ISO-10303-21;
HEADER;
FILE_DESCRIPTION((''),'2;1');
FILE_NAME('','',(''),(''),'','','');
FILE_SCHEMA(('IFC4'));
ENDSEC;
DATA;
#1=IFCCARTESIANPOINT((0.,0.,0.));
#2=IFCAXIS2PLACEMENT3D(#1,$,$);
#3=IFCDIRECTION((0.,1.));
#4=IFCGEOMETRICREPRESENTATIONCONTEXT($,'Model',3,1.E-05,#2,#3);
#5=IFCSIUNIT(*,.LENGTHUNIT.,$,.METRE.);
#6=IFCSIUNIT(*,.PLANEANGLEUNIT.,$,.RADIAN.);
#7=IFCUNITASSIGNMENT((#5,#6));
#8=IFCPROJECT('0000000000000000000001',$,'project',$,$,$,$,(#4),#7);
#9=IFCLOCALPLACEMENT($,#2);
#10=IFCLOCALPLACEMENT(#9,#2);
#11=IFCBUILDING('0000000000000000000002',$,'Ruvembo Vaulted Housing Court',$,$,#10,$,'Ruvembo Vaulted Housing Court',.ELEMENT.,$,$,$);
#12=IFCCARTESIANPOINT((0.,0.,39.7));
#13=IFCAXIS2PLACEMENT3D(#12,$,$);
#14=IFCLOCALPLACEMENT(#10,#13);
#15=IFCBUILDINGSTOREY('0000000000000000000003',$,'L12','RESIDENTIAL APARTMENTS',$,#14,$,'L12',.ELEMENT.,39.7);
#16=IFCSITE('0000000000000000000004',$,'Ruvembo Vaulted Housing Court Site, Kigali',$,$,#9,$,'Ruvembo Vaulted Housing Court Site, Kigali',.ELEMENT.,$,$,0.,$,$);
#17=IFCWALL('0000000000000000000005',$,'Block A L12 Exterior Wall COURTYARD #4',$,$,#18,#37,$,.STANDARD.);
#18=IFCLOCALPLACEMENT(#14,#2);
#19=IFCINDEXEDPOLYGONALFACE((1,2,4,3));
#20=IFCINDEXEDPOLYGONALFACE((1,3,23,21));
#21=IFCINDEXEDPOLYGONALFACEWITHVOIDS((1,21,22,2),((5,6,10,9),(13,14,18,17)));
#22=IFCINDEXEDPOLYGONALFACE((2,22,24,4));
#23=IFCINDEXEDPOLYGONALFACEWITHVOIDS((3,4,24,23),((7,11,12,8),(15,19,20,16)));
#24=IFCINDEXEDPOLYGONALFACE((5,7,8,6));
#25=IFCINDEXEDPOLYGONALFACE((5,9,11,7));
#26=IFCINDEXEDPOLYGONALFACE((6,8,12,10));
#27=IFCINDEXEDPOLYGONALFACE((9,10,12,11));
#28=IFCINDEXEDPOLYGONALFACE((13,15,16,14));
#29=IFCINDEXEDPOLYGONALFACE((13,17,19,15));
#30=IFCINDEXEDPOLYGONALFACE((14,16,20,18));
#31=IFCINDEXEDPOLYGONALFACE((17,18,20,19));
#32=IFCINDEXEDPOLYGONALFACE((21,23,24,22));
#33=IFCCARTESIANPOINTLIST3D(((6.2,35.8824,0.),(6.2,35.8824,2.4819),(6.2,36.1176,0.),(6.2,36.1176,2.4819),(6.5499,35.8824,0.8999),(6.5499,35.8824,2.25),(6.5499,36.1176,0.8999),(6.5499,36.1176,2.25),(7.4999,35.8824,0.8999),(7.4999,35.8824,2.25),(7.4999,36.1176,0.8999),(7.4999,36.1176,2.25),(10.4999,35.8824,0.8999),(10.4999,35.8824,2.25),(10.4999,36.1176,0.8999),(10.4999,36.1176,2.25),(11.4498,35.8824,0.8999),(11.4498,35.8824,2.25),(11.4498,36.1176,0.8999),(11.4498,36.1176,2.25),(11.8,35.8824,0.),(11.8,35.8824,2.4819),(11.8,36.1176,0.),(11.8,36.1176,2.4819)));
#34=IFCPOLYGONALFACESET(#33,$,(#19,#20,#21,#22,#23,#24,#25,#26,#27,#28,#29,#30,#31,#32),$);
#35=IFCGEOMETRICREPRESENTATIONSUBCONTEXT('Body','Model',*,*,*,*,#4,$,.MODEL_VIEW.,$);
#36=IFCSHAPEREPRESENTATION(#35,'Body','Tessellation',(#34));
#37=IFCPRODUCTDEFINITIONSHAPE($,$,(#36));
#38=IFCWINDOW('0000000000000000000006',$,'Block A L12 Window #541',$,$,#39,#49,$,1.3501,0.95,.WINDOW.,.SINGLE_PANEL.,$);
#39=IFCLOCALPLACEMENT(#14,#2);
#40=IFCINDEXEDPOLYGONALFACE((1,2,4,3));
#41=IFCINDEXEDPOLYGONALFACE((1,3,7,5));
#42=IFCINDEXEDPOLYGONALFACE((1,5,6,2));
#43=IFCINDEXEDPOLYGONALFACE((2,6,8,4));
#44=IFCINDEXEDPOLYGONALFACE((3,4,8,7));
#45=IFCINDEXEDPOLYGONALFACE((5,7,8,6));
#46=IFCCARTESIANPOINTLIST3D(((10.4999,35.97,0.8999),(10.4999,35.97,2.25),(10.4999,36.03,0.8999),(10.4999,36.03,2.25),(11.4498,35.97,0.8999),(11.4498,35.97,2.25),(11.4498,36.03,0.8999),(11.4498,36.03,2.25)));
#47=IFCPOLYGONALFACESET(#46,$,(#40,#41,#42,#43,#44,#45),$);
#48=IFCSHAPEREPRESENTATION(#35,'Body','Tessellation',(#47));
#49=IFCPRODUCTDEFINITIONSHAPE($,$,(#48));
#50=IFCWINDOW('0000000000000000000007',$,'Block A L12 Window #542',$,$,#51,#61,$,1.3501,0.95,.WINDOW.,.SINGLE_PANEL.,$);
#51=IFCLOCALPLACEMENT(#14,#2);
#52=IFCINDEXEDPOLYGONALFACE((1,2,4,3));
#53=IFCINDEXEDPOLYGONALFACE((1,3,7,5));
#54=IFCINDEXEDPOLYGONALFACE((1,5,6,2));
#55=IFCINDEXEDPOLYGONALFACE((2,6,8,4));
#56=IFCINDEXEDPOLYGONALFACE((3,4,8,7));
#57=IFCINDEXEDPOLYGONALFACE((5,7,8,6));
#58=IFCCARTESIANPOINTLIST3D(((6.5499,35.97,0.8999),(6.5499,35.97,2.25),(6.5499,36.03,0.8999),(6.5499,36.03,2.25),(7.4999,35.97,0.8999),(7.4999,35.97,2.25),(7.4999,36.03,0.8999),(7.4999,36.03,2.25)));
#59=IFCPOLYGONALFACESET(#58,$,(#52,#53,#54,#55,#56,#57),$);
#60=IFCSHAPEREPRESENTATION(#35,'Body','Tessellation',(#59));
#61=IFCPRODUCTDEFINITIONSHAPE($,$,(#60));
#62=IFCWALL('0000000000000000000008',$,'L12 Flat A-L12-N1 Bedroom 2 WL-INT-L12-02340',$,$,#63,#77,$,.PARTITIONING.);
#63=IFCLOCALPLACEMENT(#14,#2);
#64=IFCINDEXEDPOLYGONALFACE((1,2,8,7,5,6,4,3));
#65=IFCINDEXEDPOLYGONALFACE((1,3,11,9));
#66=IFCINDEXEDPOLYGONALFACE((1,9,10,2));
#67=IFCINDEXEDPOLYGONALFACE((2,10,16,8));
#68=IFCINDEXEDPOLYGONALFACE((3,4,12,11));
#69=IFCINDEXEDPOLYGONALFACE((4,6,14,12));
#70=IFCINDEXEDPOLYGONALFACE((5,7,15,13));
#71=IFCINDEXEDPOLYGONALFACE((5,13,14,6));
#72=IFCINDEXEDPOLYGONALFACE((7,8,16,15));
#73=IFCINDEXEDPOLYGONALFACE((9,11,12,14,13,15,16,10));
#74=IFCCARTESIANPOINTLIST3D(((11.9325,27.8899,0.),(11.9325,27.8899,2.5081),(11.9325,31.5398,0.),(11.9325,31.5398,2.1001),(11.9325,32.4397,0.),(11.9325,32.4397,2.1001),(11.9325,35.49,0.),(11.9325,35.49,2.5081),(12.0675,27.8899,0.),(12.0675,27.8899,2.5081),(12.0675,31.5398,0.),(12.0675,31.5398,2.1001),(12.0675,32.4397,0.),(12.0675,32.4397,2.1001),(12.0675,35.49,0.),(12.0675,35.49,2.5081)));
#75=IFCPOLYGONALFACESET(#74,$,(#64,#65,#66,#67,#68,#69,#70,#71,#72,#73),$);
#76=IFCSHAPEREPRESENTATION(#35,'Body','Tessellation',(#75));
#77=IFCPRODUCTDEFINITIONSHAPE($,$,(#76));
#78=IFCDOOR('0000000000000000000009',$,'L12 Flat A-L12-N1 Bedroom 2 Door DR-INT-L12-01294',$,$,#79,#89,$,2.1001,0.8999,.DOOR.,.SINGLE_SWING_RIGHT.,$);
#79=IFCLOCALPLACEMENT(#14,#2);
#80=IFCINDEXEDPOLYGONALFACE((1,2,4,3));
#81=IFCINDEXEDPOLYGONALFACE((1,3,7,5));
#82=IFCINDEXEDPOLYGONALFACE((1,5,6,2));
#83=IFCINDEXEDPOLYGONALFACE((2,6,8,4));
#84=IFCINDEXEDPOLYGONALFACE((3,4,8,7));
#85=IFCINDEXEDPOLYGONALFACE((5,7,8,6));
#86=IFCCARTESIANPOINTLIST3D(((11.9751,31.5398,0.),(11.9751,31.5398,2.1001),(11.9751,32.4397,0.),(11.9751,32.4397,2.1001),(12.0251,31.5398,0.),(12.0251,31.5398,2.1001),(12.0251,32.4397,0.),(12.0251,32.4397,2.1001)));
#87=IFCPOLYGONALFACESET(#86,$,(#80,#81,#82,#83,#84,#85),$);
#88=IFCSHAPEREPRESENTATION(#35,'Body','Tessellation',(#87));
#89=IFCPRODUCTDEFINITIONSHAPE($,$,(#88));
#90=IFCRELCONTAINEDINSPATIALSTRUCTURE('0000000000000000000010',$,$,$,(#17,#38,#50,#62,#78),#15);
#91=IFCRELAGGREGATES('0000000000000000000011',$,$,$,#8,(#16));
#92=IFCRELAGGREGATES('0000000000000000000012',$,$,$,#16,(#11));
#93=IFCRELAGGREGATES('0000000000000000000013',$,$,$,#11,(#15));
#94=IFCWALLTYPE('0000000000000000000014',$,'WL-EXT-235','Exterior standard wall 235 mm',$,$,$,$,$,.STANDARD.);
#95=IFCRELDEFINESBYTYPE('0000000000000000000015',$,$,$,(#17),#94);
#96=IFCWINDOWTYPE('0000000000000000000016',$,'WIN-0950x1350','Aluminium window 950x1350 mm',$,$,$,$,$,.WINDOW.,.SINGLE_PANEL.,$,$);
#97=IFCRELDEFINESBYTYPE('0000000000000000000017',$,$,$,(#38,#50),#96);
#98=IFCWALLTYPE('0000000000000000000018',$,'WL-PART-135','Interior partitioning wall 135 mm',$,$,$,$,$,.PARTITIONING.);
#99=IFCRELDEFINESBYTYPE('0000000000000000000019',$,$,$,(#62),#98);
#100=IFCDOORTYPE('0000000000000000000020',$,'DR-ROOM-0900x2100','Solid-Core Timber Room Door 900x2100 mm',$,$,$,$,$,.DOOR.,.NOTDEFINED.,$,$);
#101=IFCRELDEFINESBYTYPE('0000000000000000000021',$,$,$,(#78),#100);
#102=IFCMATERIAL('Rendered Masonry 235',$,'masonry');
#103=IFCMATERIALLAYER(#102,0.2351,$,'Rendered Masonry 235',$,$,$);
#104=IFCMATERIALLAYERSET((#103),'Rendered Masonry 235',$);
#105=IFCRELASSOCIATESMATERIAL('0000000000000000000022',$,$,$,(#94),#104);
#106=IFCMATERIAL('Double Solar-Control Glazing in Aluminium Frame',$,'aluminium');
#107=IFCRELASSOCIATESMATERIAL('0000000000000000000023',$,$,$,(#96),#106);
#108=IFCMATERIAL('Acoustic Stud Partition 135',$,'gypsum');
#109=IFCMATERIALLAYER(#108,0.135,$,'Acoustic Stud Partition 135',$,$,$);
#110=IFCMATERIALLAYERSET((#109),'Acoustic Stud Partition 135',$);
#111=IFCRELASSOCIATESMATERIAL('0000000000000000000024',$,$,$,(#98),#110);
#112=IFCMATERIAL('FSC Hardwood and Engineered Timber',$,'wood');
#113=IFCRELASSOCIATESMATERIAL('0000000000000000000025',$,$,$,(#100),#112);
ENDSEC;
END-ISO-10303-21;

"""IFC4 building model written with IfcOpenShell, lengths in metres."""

from ifc_helpers import new_model, si_unit, direction, frame, frame_2d, origin, place, context, subcontext, project, spatial, rectangle, extrude, material, layer, layer_set, type_object, element, fill, save


model = new_model("IFC4")

# Units and contexts
model_context = context("Model", 3, precision=1e-05, world=origin(), true_north=direction((0.0, 1.0)))
body_context = subcontext(model_context, "Body", "Model", "MODEL_VIEW")
ifc_project = project(units=[si_unit("LENGTHUNIT", "METRE"), si_unit("PLANEANGLEUNIT", "RADIAN")], contexts=[model_context])

# Site, building, storey
site_placement = place(None, origin())
site = spatial("IfcSite", under=ifc_project, at=site_placement, Name="Ruvembo Vaulted Housing Court Site, Kigali", LongName="Ruvembo Vaulted Housing Court Site, Kigali", CompositionType="ELEMENT", RefElevation=0.0)
building_placement = place(site_placement, origin())
building = spatial("IfcBuilding", under=site, at=building_placement, Name="Ruvembo Vaulted Housing Court", LongName="Ruvembo Vaulted Housing Court", CompositionType="ELEMENT")
storey_placement = place(building_placement, frame((0.0, 0.0, 39.7)))
storey = spatial("IfcBuildingStorey", under=building, at=storey_placement, Name="L12", Description="RESIDENTIAL APARTMENTS", LongName="L12", CompositionType="ELEMENT", Elevation=39.7)

# Wall, openings, windows
ifc_material_1 = material(Name="Rendered Masonry 235", Category="masonry")
ifc_layer_1 = layer(ifc_material_1, 0.2351, Name="Rendered Masonry 235")
ifc_layer_set_1 = layer_set([ifc_layer_1], Name="Rendered Masonry 235")
wall_type_1 = type_object("IfcWallType", Name="WL-EXT-235", Description="Exterior standard wall 235 mm", PredefinedType="STANDARD", material=ifc_layer_set_1)
wall_1_placement = place(storey_placement, frame((11.8, 36.0, 0.0), z_axis=(0.0, 0.0, 1.0), x_axis=(-1.0, 0.0, 0.0)))
wall_1 = element("IfcWall", 1, at=wall_1_placement, inside=storey, type_object=wall_type_1, Name="Block A L12 Exterior Wall COURTYARD #4", PredefinedType="STANDARD", context=body_context, shape_type="SweptSolid", body=[
    extrude(rectangle(XDim=5.6001, YDim=0.2351, at=frame_2d((2.8, 0.0))), origin(), (0.0, 0.0, 1.0), 2.4819),
])
opening_1_placement = place(wall_1_placement, frame((0.3501, 0.0, 0.8999)))
opening_1 = element("IfcOpeningElement", 2, at=opening_1_placement, cuts=wall_1, PredefinedType="OPENING", context=body_context, shape_type="SweptSolid", body=[
    extrude(rectangle(XDim=0.95, YDim=1.3501, at=frame_2d((0.4751, 0.675))), frame((0.0, 0.1274, 0.0), z_axis=(0.0, -1.0, 0.0), x_axis=(1.0, 0.0, 0.0)), (0.0, 0.0, 1.0), 0.2551),
])
opening_2_placement = place(wall_1_placement, frame((4.3, 0.0, 0.8999)))
opening_2 = element("IfcOpeningElement", 3, at=opening_2_placement, cuts=wall_1, PredefinedType="OPENING", context=body_context, shape_type="SweptSolid", body=[
    extrude(rectangle(XDim=0.95, YDim=1.3501, at=frame_2d((0.4751, 0.675))), frame((0.0, 0.1274, 0.0), z_axis=(0.0, -1.0, 0.0), x_axis=(1.0, 0.0, 0.0)), (0.0, 0.0, 1.0), 0.2551),
])
ifc_material_2 = material(Name="Double Solar-Control Glazing in Aluminium Frame", Category="aluminium")
window_type = type_object("IfcWindowType", Name="WIN-0950x1350", Description="Aluminium window 950x1350 mm", PartitioningType="SINGLE_PANEL", PredefinedType="WINDOW", material=ifc_material_2)
window_1_placement = place(opening_1_placement, origin())
window_1 = element("IfcWindow", 4, at=window_1_placement, inside=storey, type_object=window_type, Name="Block A L12 Window #541", OverallHeight=1.3501, OverallWidth=0.95, PartitioningType="SINGLE_PANEL", PredefinedType="WINDOW", context=body_context, shape_type="SweptSolid", body=[
    extrude(rectangle(XDim=0.95, YDim=1.3501, at=frame_2d((0.4751, 0.675))), frame((0.0, 0.03, 0.0), z_axis=(0.0, -1.0, 0.0), x_axis=(1.0, 0.0, 0.0)), (0.0, 0.0, 1.0), 0.0601),
])
fill(opening_1, window_1)
window_2_placement = place(opening_2_placement, origin())
window_2 = element("IfcWindow", 5, at=window_2_placement, inside=storey, type_object=window_type, Name="Block A L12 Window #542", OverallHeight=1.3501, OverallWidth=0.95, PartitioningType="SINGLE_PANEL", PredefinedType="WINDOW", context=body_context, shape_type="SweptSolid", body=[
    extrude(rectangle(XDim=0.95, YDim=1.3501, at=frame_2d((0.4751, 0.675))), frame((0.0, 0.03, 0.0), z_axis=(0.0, -1.0, 0.0), x_axis=(1.0, 0.0, 0.0)), (0.0, 0.0, 1.0), 0.0601),
])
fill(opening_2, window_2)

# Wall, opening, door
ifc_material_3 = material(Name="Acoustic Stud Partition 135", Category="gypsum")
ifc_layer_2 = layer(ifc_material_3, 0.135, Name="Acoustic Stud Partition 135")
ifc_layer_set_2 = layer_set([ifc_layer_2], Name="Acoustic Stud Partition 135")
wall_type_2 = type_object("IfcWallType", Name="WL-PART-135", Description="Interior partitioning wall 135 mm", PredefinedType="PARTITIONING", material=ifc_layer_set_2)
wall_2_placement = place(storey_placement, frame((12.0, 27.8899, 0.0), z_axis=(0.0, 0.0, 1.0), x_axis=(0.0, 1.0, 0.0)))
wall_2 = element("IfcWall", 6, at=wall_2_placement, inside=storey, type_object=wall_type_2, Name="L12 Flat A-L12-N1 Bedroom 2 WL-INT-L12-02340", PredefinedType="PARTITIONING", context=body_context, shape_type="SweptSolid", body=[
    extrude(rectangle(XDim=7.6001, YDim=0.135, at=frame_2d((3.8, 0.0))), origin(), (0.0, 0.0, 1.0), 2.5081),
])
opening_3_placement = place(wall_2_placement, frame((3.6499, 0.0, 0.0)))
opening_3 = element("IfcOpeningElement", 7, at=opening_3_placement, cuts=wall_2, PredefinedType="OPENING", context=body_context, shape_type="SweptSolid", body=[
    extrude(rectangle(XDim=0.8999, YDim=2.1001, at=frame_2d((0.45, 1.05))), frame((0.0, 0.0774, 0.0), z_axis=(0.0, -1.0, 0.0), x_axis=(1.0, 0.0, 0.0)), (0.0, 0.0, 1.0), 0.155),
])
ifc_material_4 = material(Name="FSC Hardwood and Engineered Timber", Category="wood")
door_type = type_object("IfcDoorType", Name="DR-ROOM-0900x2100", Description="Solid-Core Timber Room Door 900x2100 mm", OperationType="NOTDEFINED", PredefinedType="DOOR", material=ifc_material_4)
door_placement = place(opening_3_placement, origin())
door = element("IfcDoor", 8, at=door_placement, inside=storey, type_object=door_type, Name="L12 Flat A-L12-N1 Bedroom 2 Door DR-INT-L12-01294", OperationType="SINGLE_SWING_RIGHT", OverallHeight=2.1001, OverallWidth=0.8999, PredefinedType="DOOR", context=body_context, shape_type="SweptSolid", body=[
    extrude(rectangle(XDim=0.8999, YDim=2.1001, at=frame_2d((0.45, 1.05))), frame((0.0, 0.0249, 0.0), z_axis=(0.0, -1.0, 0.0), x_axis=(1.0, 0.0, 0.0)), (0.0, 0.0, 1.0), 0.05),
])
fill(opening_3, door)

save(model, "model.ifc")
